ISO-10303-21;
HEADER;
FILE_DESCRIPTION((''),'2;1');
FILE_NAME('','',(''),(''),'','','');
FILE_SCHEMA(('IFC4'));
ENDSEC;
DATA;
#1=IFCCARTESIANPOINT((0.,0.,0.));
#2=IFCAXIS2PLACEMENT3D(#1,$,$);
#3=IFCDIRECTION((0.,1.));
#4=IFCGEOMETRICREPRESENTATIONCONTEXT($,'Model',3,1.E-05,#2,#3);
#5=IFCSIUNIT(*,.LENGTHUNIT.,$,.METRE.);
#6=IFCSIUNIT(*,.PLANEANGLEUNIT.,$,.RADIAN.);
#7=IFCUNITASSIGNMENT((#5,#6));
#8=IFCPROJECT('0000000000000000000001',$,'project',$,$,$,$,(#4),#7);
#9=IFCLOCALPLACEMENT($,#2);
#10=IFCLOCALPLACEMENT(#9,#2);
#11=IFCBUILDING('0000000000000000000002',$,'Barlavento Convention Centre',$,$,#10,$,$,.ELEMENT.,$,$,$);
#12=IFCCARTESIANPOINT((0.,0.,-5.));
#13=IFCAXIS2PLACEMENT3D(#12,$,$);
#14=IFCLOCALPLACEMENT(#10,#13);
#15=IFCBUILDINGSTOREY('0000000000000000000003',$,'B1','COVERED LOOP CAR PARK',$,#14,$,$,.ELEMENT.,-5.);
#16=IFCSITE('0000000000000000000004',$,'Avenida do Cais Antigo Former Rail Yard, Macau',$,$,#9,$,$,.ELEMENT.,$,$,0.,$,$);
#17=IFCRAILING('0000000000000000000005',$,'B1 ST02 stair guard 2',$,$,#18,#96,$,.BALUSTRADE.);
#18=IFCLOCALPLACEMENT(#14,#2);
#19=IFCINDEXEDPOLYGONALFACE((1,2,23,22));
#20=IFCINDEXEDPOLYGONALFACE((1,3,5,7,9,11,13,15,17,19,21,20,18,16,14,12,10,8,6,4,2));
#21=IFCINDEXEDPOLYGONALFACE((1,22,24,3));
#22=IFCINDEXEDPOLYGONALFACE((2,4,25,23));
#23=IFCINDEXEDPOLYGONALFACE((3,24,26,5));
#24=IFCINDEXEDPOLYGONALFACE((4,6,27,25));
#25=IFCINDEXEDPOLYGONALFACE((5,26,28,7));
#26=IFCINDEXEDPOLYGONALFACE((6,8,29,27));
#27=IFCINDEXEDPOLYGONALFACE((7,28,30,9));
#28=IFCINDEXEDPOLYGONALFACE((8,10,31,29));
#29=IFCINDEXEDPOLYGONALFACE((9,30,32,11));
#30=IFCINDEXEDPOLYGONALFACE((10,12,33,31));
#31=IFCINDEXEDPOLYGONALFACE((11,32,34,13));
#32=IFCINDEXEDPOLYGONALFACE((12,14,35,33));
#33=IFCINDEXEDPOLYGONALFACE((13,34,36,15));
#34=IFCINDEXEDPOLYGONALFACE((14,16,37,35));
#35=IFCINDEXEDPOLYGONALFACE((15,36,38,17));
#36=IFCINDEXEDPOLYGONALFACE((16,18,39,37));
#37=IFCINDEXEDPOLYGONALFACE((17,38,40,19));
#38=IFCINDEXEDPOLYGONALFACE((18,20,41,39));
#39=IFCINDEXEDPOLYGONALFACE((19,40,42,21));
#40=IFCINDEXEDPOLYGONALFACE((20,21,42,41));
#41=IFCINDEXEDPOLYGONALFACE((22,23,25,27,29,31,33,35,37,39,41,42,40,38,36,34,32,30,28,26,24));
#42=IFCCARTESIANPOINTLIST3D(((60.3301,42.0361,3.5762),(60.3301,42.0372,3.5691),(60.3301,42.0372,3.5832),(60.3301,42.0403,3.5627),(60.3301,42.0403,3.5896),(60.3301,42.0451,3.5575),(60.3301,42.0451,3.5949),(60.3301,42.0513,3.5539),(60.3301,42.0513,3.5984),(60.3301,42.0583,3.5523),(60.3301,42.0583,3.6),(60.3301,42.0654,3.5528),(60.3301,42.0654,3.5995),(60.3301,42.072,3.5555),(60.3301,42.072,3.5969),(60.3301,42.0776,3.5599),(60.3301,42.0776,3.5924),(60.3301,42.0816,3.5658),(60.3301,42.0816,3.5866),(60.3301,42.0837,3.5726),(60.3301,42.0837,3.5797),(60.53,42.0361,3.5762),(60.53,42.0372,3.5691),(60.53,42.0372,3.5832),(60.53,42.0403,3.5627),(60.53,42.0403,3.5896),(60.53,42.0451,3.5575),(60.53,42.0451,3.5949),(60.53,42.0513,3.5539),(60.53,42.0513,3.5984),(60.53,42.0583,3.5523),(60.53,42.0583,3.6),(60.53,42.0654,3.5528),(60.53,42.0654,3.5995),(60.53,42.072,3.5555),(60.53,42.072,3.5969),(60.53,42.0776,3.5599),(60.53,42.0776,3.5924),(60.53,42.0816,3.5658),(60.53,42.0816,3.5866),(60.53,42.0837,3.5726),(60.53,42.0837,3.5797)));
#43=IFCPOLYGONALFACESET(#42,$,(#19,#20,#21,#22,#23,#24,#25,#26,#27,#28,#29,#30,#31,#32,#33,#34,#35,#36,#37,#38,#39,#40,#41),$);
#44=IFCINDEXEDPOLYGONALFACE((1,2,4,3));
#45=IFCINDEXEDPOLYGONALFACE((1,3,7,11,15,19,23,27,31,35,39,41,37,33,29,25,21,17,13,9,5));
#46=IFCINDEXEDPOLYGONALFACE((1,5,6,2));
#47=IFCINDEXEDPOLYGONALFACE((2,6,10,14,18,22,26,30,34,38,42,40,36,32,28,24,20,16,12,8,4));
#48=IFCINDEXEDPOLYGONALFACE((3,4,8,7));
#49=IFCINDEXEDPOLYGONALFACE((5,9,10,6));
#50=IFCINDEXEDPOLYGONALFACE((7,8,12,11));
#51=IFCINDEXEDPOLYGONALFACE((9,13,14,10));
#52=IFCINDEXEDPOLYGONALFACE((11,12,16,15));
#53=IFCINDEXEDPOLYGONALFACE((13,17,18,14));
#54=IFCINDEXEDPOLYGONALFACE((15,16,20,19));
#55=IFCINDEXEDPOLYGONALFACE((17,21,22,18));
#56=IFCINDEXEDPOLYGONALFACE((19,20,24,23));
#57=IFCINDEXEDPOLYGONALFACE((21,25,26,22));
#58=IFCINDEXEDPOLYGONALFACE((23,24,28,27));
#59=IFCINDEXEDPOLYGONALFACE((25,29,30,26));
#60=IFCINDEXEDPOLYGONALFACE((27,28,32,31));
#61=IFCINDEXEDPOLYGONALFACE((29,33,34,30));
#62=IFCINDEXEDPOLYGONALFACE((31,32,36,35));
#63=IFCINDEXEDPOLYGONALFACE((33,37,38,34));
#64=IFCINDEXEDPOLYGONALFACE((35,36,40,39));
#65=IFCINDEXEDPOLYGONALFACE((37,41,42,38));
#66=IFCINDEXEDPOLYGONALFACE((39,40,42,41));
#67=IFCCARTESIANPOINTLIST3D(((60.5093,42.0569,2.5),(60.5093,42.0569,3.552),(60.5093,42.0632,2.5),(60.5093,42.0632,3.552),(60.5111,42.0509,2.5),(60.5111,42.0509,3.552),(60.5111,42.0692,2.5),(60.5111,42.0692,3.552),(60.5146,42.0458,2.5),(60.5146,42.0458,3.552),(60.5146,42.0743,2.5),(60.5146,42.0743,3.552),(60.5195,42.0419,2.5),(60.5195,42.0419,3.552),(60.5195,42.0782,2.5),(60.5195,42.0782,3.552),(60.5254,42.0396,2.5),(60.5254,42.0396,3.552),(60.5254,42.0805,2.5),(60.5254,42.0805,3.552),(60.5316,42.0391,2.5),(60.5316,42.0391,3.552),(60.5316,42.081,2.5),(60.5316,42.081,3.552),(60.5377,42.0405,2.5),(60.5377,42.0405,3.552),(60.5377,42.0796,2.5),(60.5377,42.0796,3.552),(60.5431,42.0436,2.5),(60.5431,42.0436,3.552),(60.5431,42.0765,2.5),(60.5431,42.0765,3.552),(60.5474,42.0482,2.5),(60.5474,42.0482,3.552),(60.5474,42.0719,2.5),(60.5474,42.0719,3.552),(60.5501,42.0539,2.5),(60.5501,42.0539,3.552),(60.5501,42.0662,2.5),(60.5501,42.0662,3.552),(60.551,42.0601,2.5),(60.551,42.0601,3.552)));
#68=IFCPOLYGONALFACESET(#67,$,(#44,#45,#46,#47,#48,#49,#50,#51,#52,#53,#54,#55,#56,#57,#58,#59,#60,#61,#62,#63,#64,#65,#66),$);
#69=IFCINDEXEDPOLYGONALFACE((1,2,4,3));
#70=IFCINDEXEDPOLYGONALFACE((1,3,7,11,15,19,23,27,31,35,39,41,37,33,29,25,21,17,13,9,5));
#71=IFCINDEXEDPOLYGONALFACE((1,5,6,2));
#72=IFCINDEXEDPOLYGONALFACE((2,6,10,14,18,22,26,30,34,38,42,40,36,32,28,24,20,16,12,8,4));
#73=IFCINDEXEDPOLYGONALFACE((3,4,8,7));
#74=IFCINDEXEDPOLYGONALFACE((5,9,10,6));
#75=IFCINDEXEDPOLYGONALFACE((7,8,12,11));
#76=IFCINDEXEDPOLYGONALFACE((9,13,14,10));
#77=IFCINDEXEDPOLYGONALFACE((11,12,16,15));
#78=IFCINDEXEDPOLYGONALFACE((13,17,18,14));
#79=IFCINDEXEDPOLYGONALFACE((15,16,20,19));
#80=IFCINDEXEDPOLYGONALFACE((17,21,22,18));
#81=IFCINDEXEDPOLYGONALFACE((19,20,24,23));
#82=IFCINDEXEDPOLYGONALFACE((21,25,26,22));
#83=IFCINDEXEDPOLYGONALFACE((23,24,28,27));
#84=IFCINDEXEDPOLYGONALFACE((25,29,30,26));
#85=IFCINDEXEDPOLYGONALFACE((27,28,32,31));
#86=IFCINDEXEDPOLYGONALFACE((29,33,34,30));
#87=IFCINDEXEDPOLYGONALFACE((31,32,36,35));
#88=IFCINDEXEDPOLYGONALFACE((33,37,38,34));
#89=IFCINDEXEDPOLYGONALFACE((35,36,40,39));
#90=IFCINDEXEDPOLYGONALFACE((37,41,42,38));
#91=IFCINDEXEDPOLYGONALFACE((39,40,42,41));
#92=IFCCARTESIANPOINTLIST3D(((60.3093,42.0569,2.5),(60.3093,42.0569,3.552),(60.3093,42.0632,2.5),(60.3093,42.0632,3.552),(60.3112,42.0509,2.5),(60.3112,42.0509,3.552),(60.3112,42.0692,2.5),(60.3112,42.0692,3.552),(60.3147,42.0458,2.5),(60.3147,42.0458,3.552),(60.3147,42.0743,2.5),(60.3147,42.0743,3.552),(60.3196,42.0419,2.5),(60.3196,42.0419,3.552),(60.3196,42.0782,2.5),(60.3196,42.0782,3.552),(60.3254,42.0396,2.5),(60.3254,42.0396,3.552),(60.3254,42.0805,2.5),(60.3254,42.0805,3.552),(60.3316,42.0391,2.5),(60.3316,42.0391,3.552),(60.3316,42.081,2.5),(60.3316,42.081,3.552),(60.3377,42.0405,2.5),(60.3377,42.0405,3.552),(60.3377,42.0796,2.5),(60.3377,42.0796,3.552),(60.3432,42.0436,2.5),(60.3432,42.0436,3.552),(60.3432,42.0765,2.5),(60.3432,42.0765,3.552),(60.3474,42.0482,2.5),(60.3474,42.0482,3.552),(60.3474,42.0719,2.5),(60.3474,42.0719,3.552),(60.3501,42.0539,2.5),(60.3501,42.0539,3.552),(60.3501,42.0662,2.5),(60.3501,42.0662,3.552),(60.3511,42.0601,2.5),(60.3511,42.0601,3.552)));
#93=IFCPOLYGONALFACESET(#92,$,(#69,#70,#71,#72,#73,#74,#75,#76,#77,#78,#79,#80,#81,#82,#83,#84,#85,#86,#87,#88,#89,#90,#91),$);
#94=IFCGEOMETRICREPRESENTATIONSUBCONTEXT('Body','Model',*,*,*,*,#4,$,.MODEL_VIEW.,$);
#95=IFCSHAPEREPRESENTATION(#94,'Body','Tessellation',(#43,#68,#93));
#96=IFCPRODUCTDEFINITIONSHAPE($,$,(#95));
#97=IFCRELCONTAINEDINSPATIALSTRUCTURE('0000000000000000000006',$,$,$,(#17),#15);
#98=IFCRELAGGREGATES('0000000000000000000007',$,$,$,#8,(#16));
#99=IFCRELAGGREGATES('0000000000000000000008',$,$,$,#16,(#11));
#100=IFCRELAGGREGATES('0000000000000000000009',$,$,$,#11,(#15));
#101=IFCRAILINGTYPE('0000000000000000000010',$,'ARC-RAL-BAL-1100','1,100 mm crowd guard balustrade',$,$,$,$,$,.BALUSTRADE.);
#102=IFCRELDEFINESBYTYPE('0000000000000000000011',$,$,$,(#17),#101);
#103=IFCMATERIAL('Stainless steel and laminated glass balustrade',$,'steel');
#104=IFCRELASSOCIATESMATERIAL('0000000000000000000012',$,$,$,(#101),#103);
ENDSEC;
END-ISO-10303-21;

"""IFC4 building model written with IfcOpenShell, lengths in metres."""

from ifc_helpers import new_model, si_unit, direction, frame, origin, origin_2d, place, context, subcontext, project, spatial, circle, extrude, material, type_object, element, save


model = new_model("IFC4")

# Units and contexts
model_context = context("Model", 3, precision=1e-05, world=origin(), true_north=direction((0.0, 1.0)))
body_context = subcontext(model_context, "Body", "Model", "MODEL_VIEW")
ifc_project = project(units=[si_unit("LENGTHUNIT", "METRE"), si_unit("PLANEANGLEUNIT", "RADIAN")], contexts=[model_context])

# Site, building, storey
site_placement = place(None, origin())
site = spatial("IfcSite", under=ifc_project, at=site_placement, Name="Avenida do Cais Antigo Former Rail Yard, Macau", CompositionType="ELEMENT", RefElevation=0.0)
building_placement = place(site_placement, origin())
building = spatial("IfcBuilding", under=site, at=building_placement, Name="Barlavento Convention Centre", CompositionType="ELEMENT")
storey_placement = place(building_placement, frame((0.0, 0.0, -5.0)))
storey = spatial("IfcBuildingStorey", under=building, at=storey_placement, Name="B1", Description="COVERED LOOP CAR PARK", CompositionType="ELEMENT", Elevation=-5.0)

# Railing
ifc_material_1 = material(Name="Stainless steel and laminated glass balustrade", Category="steel")
railing_type_1 = type_object("IfcRailingType", Name="ARC-RAL-BAL-1100", Description="1,100 mm crowd guard balustrade", PredefinedType="BALUSTRADE", material=ifc_material_1)
railing_1_placement = place(storey_placement, frame((60.53, 42.0601, 2.5)))
element("IfcRailing", 1, at=railing_1_placement, inside=storey, type_object=railing_type_1, Name="B1 ST02 stair guard 2", PredefinedType="BALUSTRADE", context=body_context, shape_type="SweptSolid", body=[
    extrude(circle(Radius=0.0239, at=origin_2d()), frame((0.0, 0.0, 1.0762), z_axis=(-1.0, 0.0, 0.0), x_axis=(0.0, -1.0, 0.0)), (0.0, 0.0, 1.0), 0.2),
    extrude(circle(Radius=0.021, at=origin_2d()), origin(), (0.0, 0.0, 1.0), 1.052),
    extrude(circle(Radius=0.021, at=origin_2d()), frame((-0.2, 0.0, 0.0)), (0.0, 0.0, 1.0), 1.052),
])

save(model, "model.ifc")
